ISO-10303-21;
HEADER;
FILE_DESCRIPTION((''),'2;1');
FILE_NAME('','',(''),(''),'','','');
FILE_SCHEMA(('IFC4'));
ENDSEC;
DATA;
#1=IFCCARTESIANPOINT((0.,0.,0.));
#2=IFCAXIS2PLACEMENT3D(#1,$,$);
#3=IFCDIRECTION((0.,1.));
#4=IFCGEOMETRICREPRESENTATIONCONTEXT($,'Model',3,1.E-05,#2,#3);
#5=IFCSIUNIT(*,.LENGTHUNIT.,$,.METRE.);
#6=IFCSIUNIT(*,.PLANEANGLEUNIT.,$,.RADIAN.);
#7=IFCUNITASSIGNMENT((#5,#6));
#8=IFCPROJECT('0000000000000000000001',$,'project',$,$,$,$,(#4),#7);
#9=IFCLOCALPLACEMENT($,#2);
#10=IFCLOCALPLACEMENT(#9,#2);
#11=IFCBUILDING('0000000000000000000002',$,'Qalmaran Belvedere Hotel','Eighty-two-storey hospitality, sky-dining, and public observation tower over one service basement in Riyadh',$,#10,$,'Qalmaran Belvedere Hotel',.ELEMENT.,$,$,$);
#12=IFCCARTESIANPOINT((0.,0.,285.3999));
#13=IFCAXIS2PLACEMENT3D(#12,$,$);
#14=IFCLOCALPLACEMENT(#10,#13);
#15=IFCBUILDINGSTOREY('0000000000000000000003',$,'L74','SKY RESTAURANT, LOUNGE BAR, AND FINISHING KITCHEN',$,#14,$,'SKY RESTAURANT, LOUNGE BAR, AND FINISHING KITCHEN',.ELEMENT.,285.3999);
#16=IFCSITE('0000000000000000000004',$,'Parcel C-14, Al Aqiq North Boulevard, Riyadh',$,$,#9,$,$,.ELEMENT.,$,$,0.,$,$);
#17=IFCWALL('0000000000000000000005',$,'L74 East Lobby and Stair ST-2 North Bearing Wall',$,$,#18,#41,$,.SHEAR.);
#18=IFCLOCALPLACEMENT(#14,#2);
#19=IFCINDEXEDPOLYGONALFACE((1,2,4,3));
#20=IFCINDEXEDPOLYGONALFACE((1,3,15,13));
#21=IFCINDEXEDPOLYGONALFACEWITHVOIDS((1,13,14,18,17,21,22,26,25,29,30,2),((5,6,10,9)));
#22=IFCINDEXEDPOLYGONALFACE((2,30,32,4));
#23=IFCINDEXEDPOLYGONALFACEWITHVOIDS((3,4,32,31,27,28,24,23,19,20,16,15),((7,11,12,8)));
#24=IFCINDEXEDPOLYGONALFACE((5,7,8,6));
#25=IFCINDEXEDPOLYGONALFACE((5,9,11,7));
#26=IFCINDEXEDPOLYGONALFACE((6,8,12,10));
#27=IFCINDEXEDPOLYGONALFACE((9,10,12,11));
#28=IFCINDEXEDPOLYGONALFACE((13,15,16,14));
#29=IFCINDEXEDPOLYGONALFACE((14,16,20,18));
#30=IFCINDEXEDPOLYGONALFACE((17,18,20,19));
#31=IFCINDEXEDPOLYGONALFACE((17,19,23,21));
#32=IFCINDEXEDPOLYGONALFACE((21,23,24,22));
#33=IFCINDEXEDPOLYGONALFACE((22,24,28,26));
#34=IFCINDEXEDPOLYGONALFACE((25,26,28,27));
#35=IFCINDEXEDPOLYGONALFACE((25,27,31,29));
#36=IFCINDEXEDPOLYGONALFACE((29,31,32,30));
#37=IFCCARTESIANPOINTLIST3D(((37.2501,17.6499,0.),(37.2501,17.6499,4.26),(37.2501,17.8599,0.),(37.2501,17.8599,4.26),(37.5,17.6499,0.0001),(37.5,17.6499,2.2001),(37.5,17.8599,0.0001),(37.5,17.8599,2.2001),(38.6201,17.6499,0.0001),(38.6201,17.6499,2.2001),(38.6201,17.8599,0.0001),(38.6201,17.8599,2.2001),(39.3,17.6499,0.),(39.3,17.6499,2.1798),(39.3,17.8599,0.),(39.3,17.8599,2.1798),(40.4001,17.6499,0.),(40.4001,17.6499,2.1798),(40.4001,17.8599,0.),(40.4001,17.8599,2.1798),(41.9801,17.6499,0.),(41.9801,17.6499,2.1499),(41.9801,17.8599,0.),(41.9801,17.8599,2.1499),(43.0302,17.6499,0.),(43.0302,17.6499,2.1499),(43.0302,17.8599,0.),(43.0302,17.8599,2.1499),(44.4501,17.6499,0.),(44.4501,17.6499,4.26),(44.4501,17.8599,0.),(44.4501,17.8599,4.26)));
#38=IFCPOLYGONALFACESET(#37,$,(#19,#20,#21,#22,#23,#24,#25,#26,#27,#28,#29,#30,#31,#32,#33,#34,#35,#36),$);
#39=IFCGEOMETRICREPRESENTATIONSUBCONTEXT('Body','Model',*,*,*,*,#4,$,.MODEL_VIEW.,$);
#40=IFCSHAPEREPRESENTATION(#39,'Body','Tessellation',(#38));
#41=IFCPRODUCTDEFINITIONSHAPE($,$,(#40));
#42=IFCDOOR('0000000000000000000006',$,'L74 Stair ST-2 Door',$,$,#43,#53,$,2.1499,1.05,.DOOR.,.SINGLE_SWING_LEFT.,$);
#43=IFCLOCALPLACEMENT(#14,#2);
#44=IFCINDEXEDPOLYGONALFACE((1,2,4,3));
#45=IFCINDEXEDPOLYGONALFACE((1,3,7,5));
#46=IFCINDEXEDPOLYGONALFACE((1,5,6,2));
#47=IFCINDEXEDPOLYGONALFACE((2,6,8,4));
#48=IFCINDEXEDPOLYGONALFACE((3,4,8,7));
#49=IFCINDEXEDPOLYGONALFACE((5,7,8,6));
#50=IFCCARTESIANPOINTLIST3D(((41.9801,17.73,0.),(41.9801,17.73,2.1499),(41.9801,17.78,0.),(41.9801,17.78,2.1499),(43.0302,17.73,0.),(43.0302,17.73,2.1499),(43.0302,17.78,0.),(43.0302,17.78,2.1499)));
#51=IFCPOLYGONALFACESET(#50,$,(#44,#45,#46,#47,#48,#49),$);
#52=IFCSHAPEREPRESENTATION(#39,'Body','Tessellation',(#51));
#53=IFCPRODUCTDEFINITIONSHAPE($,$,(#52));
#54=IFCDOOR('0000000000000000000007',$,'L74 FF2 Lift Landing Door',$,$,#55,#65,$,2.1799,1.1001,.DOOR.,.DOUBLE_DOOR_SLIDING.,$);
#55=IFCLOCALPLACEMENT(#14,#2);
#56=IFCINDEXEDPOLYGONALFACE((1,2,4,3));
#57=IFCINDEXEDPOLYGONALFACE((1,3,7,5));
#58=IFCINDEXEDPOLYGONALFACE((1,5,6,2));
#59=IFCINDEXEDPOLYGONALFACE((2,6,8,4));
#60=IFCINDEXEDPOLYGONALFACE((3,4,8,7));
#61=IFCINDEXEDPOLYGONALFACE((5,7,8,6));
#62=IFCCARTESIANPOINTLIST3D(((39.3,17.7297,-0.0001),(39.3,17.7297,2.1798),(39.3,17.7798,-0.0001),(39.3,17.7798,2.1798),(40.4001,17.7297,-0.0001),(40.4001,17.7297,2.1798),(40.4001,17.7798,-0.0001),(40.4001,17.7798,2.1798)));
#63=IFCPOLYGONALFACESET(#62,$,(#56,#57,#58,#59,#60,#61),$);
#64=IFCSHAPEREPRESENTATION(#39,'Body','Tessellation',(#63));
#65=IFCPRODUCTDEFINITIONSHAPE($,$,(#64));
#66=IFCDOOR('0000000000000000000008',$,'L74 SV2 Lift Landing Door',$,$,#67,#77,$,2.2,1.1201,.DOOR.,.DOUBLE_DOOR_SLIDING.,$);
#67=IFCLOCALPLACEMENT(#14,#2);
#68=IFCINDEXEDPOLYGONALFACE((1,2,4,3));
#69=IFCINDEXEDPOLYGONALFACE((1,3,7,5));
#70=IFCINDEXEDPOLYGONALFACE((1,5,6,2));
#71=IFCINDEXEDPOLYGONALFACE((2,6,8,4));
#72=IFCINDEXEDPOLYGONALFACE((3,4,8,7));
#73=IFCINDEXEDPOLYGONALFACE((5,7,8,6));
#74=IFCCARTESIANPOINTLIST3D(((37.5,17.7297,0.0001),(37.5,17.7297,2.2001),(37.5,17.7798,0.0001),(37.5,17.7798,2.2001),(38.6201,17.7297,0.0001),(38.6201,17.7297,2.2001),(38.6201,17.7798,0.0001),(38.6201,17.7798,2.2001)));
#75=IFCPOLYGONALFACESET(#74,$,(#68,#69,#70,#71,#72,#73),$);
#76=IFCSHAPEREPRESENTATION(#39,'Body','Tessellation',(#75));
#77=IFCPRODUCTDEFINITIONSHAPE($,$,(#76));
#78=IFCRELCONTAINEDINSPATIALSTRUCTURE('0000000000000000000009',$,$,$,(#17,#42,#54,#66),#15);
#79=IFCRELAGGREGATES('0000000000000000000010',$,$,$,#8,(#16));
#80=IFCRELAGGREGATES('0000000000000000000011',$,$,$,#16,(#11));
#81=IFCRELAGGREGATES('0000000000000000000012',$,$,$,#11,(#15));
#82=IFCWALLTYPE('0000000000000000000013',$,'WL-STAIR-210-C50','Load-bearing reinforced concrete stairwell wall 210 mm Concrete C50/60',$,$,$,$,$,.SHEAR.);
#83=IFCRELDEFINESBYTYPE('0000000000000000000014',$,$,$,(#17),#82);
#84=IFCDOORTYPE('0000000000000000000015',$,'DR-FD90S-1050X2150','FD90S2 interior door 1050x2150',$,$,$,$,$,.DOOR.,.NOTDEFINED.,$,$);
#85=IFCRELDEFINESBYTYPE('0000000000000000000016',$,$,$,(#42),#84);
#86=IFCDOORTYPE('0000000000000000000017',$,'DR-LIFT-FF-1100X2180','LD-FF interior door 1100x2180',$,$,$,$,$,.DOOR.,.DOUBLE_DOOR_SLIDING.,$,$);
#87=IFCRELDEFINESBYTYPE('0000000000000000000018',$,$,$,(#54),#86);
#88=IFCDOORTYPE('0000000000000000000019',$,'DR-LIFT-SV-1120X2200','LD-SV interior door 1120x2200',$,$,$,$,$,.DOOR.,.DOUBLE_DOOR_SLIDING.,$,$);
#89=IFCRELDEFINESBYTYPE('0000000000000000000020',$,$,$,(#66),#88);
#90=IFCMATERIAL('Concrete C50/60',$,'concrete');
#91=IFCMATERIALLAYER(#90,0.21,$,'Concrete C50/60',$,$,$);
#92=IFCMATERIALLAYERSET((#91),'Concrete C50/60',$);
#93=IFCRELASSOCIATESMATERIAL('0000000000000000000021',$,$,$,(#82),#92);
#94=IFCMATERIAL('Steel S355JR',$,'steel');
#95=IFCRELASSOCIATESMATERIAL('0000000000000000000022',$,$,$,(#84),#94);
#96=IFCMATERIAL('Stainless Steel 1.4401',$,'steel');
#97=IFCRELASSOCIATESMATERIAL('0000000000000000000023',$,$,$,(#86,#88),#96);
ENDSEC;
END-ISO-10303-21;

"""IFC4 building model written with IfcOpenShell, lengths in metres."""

from ifc_helpers import new_model, si_unit, direction, frame, frame_2d, origin, place, context, subcontext, project, spatial, rectangle, extrude, material, layer, layer_set, type_object, element, fill, save


model = new_model("IFC4")

# Units and contexts
model_context = context("Model", 3, precision=1e-05, world=origin(), true_north=direction((0.0, 1.0)))
body_context = subcontext(model_context, "Body", "Model", "MODEL_VIEW")
ifc_project = project(units=[si_unit("LENGTHUNIT", "METRE"), si_unit("PLANEANGLEUNIT", "RADIAN")], contexts=[model_context])

# Site, building, storey
site_placement = place(None, origin())
site = spatial("IfcSite", under=ifc_project, at=site_placement, Name="Parcel C-14, Al Aqiq North Boulevard, Riyadh", CompositionType="ELEMENT", RefElevation=0.0)
building_placement = place(site_placement, origin())
building = spatial("IfcBuilding", under=site, at=building_placement, Name="Qalmaran Belvedere Hotel", Description="Eighty-two-storey hospitality, sky-dining, and public observation tower over one service basement in Riyadh", LongName="Qalmaran Belvedere Hotel", CompositionType="ELEMENT")
storey_placement = place(building_placement, frame((0.0, 0.0, 285.3999)))
storey = spatial("IfcBuildingStorey", under=building, at=storey_placement, Name="L74", Description="SKY RESTAURANT, LOUNGE BAR, AND FINISHING KITCHEN", LongName="SKY RESTAURANT, LOUNGE BAR, AND FINISHING KITCHEN", CompositionType="ELEMENT", Elevation=285.3999)

# Shared definitions
ifc_material_1 = material(Name="Concrete C50/60", Category="concrete")

# Shared definitions
ifc_material_2 = material(Name="Steel S355JR", Category="steel")

# Shared definitions
ifc_layer_1 = layer(ifc_material_1, 0.21, Name="Concrete C50/60")
ifc_layer_set_1 = layer_set([ifc_layer_1], Name="Concrete C50/60")
wall_type_1 = type_object("IfcWallType", Name="WL-STAIR-210-C50", Description="Load-bearing reinforced concrete stairwell wall 210 mm Concrete C50/60", PredefinedType="SHEAR", material=ifc_layer_set_1)

# Wall, openings, doors
wall_1_placement = place(storey_placement, frame((37.25, 17.7549, 0.0), z_axis=(0.0, 0.0, 1.0), x_axis=(1.0, 0.0, 0.0)))
wall_1 = element("IfcWall", 1, at=wall_1_placement, inside=storey, type_object=wall_type_1, Name="L74 East Lobby and Stair ST-2 North Bearing Wall", PredefinedType="SHEAR", context=body_context, shape_type="SweptSolid", body=[
    extrude(rectangle(XDim=7.2, YDim=0.21, at=frame_2d((3.6001, 0.0))), origin(), (0.0, 0.0, 1.0), 4.26),
])
opening_1_placement = place(wall_1_placement, frame((0.25, 0.0, 0.0)))
opening_1 = element("IfcOpeningElement", 2, at=opening_1_placement, cuts=wall_1, PredefinedType="OPENING", context=body_context, shape_type="SweptSolid", body=[
    extrude(rectangle(XDim=1.1201, YDim=2.2, at=frame_2d((0.5601, 1.1001))), frame((0.0, 0.115, 0.0), z_axis=(0.0, -1.0, 0.0), x_axis=(1.0, 0.0, 0.0)), (0.0, 0.0, 1.0), 0.23),
])
opening_2_placement = place(wall_1_placement, frame((2.05, 0.0, 0.0)))
opening_2 = element("IfcOpeningElement", 3, at=opening_2_placement, cuts=wall_1, PredefinedType="OPENING", context=body_context, shape_type="SweptSolid", body=[
    extrude(rectangle(XDim=1.1001, YDim=2.1799, at=frame_2d((0.55, 1.0898))), frame((0.0, 0.115, 0.0), z_axis=(0.0, -1.0, 0.0), x_axis=(1.0, 0.0, 0.0)), (0.0, 0.0, 1.0), 0.23),
])
opening_3_placement = place(wall_1_placement, frame((5.78, 0.0, 0.0), z_axis=(0.0, 0.0, 1.0), x_axis=(-1.0, 0.0, 0.0)))
opening_3 = element("IfcOpeningElement", 4, at=opening_3_placement, cuts=wall_1, PredefinedType="OPENING", context=body_context, shape_type="SweptSolid", body=[
    extrude(rectangle(XDim=1.05, YDim=2.1499, at=frame_2d((0.5249, 1.075))), frame((0.0, 0.115, 0.0), z_axis=(0.0, -1.0, 0.0), x_axis=(1.0, 0.0, 0.0)), (0.0, 0.0, 1.0), 0.23),
])
door_type_1 = type_object("IfcDoorType", Name="DR-FD90S-1050X2150", Description="FD90S2 interior door 1050x2150", OperationType="NOTDEFINED", PredefinedType="DOOR", material=ifc_material_2)
door_1_placement = place(opening_3_placement, origin())
door_1 = element("IfcDoor", 5, at=door_1_placement, inside=storey, type_object=door_type_1, Name="L74 Stair ST-2 Door", OperationType="SINGLE_SWING_LEFT", OverallHeight=2.1499, OverallWidth=1.05, PredefinedType="DOOR", context=body_context, shape_type="SweptSolid", body=[
    extrude(rectangle(XDim=1.05, YDim=2.1499, at=frame_2d((0.5249, 1.075))), frame((0.0, 0.0249, 0.0), z_axis=(0.0, -1.0, 0.0), x_axis=(1.0, 0.0, 0.0)), (0.0, 0.0, 1.0), 0.05),
])
fill(opening_3, door_1)
ifc_material_3 = material(Name="Stainless Steel 1.4401", Category="steel")
door_type_2 = type_object("IfcDoorType", Name="DR-LIFT-FF-1100X2180", Description="LD-FF interior door 1100x2180", OperationType="DOUBLE_DOOR_SLIDING", PredefinedType="DOOR", material=ifc_material_3)
door_2_placement = place(opening_2_placement, origin())
door_2 = element("IfcDoor", 6, at=door_2_placement, inside=storey, type_object=door_type_2, Name="L74 FF2 Lift Landing Door", OperationType="DOUBLE_DOOR_SLIDING", OverallHeight=2.1799, OverallWidth=1.1001, PredefinedType="DOOR", context=body_context, shape_type="SweptSolid", body=[
    extrude(rectangle(XDim=1.1001, YDim=2.1799, at=frame_2d((0.55, 1.0898))), frame((0.0, 0.0249, 0.0), z_axis=(0.0, -1.0, 0.0), x_axis=(1.0, 0.0, 0.0)), (0.0, 0.0, 1.0), 0.05),
])
fill(opening_2, door_2)
door_type_3 = type_object("IfcDoorType", Name="DR-LIFT-SV-1120X2200", Description="LD-SV interior door 1120x2200", OperationType="DOUBLE_DOOR_SLIDING", PredefinedType="DOOR", material=ifc_material_3)
door_3_placement = place(opening_1_placement, origin())
door_3 = element("IfcDoor", 7, at=door_3_placement, inside=storey, type_object=door_type_3, Name="L74 SV2 Lift Landing Door", OperationType="DOUBLE_DOOR_SLIDING", OverallHeight=2.2, OverallWidth=1.1201, PredefinedType="DOOR", context=body_context, shape_type="SweptSolid", body=[
    extrude(rectangle(XDim=1.1201, YDim=2.2, at=frame_2d((0.5601, 1.1001))), frame((0.0, 0.0249, 0.0), z_axis=(0.0, -1.0, 0.0), x_axis=(1.0, 0.0, 0.0)), (0.0, 0.0, 1.0), 0.05),
])
fill(opening_1, door_3)

save(model, "model.ifc")
